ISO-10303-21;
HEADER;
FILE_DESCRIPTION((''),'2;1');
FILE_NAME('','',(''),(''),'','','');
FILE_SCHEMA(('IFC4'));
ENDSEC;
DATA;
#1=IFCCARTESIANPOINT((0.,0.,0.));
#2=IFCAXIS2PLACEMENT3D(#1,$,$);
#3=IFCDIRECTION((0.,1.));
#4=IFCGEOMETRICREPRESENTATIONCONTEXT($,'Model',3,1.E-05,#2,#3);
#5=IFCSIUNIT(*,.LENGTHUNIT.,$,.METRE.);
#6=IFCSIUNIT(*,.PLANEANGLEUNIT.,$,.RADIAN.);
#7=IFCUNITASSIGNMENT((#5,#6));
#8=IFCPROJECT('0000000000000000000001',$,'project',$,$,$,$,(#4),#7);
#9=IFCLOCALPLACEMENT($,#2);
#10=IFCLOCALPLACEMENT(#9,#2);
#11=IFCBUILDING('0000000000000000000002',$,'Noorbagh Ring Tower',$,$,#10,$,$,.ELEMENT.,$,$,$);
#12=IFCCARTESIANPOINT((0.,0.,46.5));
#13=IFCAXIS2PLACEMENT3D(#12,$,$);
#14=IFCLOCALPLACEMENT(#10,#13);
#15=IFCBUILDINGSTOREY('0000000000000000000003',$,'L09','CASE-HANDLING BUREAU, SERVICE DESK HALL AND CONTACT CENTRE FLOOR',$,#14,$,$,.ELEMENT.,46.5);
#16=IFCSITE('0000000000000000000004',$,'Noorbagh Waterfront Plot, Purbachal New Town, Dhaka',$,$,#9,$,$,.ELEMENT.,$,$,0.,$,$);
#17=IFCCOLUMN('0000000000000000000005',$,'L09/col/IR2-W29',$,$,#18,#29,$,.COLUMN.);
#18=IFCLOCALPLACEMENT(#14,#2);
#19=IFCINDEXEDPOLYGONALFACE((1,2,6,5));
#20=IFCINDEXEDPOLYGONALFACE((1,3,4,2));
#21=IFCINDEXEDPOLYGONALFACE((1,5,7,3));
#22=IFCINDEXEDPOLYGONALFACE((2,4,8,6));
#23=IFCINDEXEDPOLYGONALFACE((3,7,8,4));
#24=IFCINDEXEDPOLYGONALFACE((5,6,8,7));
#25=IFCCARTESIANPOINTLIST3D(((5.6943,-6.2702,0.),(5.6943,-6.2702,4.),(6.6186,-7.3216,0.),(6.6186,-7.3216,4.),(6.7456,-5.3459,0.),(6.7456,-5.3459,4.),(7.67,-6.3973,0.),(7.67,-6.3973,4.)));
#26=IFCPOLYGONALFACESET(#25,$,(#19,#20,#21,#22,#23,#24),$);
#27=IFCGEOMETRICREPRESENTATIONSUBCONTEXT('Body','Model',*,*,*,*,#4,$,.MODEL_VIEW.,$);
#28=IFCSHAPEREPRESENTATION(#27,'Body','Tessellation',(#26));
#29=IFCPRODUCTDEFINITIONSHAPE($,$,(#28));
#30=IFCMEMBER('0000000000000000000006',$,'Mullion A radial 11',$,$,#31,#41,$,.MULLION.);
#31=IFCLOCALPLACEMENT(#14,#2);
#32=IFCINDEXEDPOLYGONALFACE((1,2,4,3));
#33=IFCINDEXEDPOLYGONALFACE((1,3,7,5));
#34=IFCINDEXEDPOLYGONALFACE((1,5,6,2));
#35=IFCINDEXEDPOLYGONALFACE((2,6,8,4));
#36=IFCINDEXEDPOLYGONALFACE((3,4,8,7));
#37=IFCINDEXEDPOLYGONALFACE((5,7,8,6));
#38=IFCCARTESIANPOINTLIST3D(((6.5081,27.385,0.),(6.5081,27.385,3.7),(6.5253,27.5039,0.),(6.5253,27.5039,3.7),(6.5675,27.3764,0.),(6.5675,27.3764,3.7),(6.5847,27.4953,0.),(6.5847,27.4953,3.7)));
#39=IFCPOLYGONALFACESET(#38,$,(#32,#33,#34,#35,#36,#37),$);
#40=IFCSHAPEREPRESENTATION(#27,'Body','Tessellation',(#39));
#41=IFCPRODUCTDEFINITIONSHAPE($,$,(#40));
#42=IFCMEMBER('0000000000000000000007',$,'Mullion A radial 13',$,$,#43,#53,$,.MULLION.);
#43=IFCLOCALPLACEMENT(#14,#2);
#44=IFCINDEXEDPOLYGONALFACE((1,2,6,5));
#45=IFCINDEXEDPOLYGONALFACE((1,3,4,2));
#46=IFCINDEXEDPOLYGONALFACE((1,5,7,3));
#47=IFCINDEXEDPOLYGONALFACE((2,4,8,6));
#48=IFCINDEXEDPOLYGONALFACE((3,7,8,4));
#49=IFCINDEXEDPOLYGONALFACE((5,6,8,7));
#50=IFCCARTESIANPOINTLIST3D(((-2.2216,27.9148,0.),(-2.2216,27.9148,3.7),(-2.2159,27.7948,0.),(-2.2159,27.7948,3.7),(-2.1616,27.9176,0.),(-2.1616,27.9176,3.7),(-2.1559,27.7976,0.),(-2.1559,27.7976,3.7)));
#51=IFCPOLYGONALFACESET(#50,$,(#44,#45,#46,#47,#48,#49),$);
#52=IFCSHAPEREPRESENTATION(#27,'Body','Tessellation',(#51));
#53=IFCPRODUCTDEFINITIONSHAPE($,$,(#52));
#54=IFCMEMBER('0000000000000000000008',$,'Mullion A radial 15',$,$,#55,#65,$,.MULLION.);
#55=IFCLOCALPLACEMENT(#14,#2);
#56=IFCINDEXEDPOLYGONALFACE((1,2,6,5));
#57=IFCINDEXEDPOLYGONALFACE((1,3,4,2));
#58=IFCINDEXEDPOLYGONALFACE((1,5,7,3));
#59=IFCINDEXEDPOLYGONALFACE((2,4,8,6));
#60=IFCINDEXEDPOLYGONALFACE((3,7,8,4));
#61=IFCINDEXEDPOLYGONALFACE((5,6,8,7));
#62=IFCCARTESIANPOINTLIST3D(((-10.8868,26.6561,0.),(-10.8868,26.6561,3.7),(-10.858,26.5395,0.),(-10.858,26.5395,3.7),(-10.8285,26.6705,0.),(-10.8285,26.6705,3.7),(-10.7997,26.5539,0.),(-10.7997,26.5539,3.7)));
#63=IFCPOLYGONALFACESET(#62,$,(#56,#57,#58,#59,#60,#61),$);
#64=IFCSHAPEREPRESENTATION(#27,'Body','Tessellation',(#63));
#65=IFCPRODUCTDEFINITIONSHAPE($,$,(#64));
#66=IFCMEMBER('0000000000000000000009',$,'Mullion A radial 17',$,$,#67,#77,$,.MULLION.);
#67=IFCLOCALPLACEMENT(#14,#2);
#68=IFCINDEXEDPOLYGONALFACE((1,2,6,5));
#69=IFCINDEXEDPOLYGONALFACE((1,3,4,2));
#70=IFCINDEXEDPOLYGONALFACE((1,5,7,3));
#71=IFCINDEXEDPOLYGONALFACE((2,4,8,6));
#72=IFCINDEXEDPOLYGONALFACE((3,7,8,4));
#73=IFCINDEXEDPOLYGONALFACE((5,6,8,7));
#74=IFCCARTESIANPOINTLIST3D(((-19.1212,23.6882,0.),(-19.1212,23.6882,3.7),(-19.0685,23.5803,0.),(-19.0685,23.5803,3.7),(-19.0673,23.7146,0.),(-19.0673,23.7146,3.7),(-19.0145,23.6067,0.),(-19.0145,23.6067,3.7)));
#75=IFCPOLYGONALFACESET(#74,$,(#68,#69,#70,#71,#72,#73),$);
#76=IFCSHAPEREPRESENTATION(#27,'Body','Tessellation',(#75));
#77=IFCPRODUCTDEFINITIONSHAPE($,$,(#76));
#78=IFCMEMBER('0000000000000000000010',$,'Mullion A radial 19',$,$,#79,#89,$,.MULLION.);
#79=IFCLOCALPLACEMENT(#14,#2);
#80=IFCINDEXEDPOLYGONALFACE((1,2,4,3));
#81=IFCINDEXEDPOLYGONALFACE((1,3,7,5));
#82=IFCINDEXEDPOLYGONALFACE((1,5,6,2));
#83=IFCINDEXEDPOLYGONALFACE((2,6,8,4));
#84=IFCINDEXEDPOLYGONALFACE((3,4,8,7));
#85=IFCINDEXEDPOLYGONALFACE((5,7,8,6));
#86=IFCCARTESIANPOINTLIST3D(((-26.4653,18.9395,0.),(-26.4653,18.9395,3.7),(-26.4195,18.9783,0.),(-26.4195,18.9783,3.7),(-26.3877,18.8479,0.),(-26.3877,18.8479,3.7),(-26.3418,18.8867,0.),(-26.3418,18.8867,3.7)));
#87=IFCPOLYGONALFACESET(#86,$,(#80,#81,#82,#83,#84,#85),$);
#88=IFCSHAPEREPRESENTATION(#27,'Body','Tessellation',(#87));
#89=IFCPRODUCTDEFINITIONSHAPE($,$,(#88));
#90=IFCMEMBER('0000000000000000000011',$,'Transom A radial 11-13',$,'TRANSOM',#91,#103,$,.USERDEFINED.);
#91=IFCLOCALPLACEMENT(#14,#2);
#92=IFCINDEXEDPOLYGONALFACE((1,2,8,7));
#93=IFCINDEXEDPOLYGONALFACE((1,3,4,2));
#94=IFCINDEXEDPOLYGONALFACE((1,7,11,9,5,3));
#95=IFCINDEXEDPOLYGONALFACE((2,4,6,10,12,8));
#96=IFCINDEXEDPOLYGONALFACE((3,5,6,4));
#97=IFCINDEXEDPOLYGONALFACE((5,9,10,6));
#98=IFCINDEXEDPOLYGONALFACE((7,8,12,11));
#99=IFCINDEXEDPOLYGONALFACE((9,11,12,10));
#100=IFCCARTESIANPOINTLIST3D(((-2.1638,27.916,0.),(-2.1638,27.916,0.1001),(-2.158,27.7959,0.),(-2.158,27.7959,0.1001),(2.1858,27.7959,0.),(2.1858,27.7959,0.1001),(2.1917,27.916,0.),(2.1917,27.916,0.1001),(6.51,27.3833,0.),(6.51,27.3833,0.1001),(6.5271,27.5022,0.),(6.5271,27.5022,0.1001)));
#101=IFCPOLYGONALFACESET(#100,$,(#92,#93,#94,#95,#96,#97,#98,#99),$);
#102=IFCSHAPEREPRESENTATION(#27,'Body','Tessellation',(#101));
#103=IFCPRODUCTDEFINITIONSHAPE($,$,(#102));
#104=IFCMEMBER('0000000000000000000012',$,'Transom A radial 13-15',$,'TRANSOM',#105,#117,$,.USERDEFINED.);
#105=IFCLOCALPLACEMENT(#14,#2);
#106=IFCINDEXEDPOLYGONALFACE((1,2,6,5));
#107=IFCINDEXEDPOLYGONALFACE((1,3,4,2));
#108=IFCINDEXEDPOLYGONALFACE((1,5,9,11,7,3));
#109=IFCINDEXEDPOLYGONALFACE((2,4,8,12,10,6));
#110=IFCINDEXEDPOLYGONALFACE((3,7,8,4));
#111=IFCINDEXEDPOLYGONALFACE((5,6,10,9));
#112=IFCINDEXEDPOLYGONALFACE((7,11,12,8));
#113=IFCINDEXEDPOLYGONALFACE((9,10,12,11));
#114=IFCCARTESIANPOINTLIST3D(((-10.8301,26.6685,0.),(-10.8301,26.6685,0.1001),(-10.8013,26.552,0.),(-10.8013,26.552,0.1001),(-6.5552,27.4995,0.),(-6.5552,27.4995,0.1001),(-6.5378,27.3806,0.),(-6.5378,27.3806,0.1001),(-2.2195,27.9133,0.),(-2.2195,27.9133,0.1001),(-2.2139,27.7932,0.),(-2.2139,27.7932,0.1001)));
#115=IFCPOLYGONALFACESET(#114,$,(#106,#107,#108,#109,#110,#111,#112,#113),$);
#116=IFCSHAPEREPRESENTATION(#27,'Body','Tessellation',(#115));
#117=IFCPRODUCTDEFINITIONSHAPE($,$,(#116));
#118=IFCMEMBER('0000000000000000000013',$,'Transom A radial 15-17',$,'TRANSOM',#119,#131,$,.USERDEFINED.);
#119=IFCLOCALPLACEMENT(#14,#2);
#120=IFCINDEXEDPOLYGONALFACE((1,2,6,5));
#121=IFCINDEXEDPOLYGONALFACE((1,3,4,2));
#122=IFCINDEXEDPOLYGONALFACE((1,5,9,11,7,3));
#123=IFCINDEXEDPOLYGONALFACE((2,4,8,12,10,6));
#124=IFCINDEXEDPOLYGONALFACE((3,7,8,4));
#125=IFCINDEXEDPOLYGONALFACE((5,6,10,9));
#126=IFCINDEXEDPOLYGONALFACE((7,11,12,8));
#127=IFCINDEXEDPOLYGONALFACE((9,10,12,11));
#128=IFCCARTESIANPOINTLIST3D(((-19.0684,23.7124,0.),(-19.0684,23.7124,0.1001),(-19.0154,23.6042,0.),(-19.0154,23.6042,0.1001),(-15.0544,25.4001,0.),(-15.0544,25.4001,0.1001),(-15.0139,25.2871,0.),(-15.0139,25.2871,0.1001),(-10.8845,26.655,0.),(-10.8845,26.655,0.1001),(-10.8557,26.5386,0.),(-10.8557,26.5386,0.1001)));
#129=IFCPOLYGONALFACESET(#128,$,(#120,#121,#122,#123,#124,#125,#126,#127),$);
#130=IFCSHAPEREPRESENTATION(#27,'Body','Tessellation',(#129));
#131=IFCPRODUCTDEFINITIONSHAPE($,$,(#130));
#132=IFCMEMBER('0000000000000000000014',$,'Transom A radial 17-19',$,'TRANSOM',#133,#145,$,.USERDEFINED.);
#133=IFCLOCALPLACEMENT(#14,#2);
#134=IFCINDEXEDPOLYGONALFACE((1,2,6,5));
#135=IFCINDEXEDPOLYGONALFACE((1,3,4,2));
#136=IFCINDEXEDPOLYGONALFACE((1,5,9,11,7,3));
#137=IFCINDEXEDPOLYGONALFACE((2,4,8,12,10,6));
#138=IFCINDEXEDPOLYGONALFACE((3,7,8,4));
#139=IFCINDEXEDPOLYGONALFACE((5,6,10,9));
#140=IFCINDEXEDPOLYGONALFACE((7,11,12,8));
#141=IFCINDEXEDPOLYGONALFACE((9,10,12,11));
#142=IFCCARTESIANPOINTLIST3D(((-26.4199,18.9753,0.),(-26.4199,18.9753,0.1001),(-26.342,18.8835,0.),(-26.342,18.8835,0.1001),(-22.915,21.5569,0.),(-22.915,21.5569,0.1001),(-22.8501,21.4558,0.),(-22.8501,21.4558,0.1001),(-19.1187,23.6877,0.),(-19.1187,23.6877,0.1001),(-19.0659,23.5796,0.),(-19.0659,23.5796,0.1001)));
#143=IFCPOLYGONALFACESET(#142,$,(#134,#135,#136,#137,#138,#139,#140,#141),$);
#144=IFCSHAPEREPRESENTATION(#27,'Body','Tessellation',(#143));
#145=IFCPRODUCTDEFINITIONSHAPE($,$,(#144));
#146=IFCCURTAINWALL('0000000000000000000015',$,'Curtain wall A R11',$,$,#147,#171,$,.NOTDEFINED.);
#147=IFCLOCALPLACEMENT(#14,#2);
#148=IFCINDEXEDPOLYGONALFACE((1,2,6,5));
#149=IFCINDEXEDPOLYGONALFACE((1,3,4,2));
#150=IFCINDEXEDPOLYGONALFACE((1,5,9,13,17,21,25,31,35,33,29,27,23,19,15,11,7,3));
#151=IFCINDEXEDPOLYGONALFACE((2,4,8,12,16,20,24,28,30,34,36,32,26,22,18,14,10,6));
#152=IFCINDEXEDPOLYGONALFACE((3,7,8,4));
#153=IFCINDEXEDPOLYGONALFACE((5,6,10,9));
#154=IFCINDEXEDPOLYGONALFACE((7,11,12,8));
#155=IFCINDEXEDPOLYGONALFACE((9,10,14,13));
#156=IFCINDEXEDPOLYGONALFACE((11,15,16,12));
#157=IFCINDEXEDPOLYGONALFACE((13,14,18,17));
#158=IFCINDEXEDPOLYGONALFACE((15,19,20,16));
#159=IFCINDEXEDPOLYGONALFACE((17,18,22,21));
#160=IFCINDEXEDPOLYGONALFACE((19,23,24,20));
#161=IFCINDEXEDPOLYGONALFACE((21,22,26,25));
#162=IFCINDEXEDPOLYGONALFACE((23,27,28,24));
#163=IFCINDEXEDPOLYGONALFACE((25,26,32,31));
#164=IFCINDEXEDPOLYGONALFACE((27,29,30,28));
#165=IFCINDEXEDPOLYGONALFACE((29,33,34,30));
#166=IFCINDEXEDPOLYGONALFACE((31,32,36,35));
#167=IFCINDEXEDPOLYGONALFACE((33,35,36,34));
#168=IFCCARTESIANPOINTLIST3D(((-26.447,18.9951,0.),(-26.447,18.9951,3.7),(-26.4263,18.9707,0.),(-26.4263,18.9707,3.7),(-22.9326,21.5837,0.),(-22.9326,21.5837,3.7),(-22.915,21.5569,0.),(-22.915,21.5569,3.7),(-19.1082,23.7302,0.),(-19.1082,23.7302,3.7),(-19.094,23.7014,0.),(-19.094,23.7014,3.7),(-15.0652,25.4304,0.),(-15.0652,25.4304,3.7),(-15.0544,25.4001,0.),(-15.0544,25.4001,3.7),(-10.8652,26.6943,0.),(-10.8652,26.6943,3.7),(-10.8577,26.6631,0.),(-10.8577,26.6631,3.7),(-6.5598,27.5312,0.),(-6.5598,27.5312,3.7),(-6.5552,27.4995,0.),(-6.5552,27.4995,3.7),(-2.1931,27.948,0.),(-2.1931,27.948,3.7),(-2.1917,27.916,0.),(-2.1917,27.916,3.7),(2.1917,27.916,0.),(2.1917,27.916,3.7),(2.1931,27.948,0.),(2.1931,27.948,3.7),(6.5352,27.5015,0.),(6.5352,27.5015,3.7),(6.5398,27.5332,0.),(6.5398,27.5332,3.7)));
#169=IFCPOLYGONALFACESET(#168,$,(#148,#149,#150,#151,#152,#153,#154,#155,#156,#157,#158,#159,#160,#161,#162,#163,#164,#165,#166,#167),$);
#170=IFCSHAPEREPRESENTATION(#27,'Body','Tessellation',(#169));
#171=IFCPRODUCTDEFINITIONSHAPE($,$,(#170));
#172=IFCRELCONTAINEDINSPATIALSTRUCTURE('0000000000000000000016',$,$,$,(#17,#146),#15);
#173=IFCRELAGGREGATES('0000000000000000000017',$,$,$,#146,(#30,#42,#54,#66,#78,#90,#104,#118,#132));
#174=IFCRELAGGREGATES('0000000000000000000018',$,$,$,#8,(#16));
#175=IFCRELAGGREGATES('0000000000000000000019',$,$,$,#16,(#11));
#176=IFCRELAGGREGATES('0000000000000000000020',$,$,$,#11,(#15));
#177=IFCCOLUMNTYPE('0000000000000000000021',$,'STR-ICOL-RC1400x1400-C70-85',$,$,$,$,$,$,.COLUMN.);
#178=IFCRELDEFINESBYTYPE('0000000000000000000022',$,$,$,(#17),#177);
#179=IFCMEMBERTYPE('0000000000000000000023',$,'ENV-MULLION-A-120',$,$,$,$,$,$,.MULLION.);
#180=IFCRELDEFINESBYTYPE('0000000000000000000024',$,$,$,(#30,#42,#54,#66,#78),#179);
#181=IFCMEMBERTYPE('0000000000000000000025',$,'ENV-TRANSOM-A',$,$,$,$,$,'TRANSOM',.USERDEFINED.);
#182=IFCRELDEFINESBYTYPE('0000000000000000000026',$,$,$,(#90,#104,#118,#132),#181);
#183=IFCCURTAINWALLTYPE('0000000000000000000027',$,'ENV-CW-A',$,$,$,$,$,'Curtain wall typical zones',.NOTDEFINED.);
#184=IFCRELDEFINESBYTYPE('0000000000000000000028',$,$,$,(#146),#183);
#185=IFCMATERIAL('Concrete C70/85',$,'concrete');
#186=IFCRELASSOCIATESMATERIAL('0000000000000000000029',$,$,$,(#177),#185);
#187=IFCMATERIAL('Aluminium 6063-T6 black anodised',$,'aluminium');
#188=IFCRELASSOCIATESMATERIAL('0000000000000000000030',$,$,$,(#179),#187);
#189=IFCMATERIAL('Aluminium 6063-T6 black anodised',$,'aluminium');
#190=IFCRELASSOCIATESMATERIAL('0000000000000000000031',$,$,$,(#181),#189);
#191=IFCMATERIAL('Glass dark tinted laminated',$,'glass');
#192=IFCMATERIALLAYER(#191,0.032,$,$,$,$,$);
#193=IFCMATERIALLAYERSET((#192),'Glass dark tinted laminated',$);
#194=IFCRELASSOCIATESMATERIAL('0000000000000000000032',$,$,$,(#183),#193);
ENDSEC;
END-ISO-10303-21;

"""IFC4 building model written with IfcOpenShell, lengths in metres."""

from ifc_helpers import new_model, si_unit, direction, frame, origin, origin_2d, place, context, subcontext, project, spatial, polyline, rectangle, outline, extrude, material, layer, layer_set, material_profile, profile_set, type_object, element, aggregate, save


model = new_model("IFC4")

# Units and contexts
model_context = context("Model", 3, precision=1e-05, world=origin(), true_north=direction((0.0, 1.0)))
body_context = subcontext(model_context, "Body", "Model", "MODEL_VIEW")
ifc_project = project(units=[si_unit("LENGTHUNIT", "METRE"), si_unit("PLANEANGLEUNIT", "RADIAN")], contexts=[model_context])

# Site, building, storey
site_placement = place(None, origin())
site = spatial("IfcSite", under=ifc_project, at=site_placement, Name="Noorbagh Waterfront Plot, Purbachal New Town, Dhaka", CompositionType="ELEMENT", RefElevation=0.0)
building_placement = place(site_placement, origin())
building = spatial("IfcBuilding", under=site, at=building_placement, Name="Noorbagh Ring Tower", CompositionType="ELEMENT")
storey_placement = place(building_placement, frame((0.0, 0.0, 46.5)))
storey = spatial("IfcBuildingStorey", under=building, at=storey_placement, Name="L09", Description="CASE-HANDLING BUREAU, SERVICE DESK HALL AND CONTACT CENTRE FLOOR", CompositionType="ELEMENT", Elevation=46.5)

# Column
ifc_material_1 = material(Name="Concrete C70/85", Category="concrete")
ifc_material_profile_1 = material_profile(ifc_material_1, rectangle(XDim=1.3999, YDim=1.3999, at=origin_2d()), Name="RC1400x1400")
ifc_profile_set_1 = profile_set([ifc_material_profile_1], Name="Concrete C70/85")
column_type = type_object("IfcColumnType", Name="STR-ICOL-RC1400x1400-C70-85", PredefinedType="COLUMN", material=ifc_profile_set_1)
column_placement = place(storey_placement, frame((6.6821, -6.3337, 0.0), z_axis=(0.0, 0.0, 1.0), x_axis=(0.751022, 0.660277, 0.0)))
element("IfcColumn", 1, at=column_placement, inside=storey, type_object=column_type, Name="L09/col/IR2-W29", PredefinedType="COLUMN", context=body_context, shape_type="SweptSolid", body=[
    extrude(rectangle(XDim=1.3999, YDim=1.3999, at=origin_2d()), origin(), (0.0, 0.0, 1.0), 4.0),
])

# Members
ifc_material_2 = material(Name="Aluminium 6063-T6 black anodised", Category="aluminium")
ifc_material_profile_2 = material_profile(ifc_material_2, rectangle(XDim=0.1201, YDim=0.0601, at=origin_2d()), Name="120x60")
ifc_profile_set_2 = profile_set([ifc_material_profile_2], Name="Aluminium 6063-T6 black anodised")
member_type_1 = type_object("IfcMemberType", Name="ENV-MULLION-A-120", PredefinedType="MULLION", material=ifc_profile_set_2)
member_1_placement = place(storey_placement, frame((6.5464, 27.4402, 0.0), z_axis=(0.0, 0.0, 1.0), x_axis=(-0.143082, -0.989711, 0.0)))
member_1 = element("IfcMember", 2, at=member_1_placement, type_object=member_type_1, Name="Mullion A radial 11", PredefinedType="MULLION", context=body_context, shape_type="SweptSolid", body=[
    extrude(rectangle(XDim=0.1201, YDim=0.0601, at=origin_2d()), origin(), (0.0, 0.0, 1.0), 3.7),
])
member_2_placement = place(storey_placement, frame((-2.1887, 27.8562, 0.0), z_axis=(0.0, 0.0, 1.0), x_axis=(0.047558, -0.998868, 0.0)))
member_2 = element("IfcMember", 3, at=member_2_placement, type_object=member_type_1, Name="Mullion A radial 13", PredefinedType="MULLION", context=body_context, shape_type="SweptSolid", body=[
    extrude(rectangle(XDim=0.1201, YDim=0.0601, at=origin_2d()), origin(), (0.0, 0.0, 1.0), 3.7),
])
member_3_placement = place(storey_placement, frame((-10.8433, 26.605, 0.0), z_axis=(0.0, 0.0, 1.0), x_axis=(0.239799, -0.970823, 0.0)))
member_3 = element("IfcMember", 4, at=member_3_placement, type_object=member_type_1, Name="Mullion A radial 15", PredefinedType="MULLION", context=body_context, shape_type="SweptSolid", body=[
    extrude(rectangle(XDim=0.1201, YDim=0.0601, at=origin_2d()), origin(), (0.0, 0.0, 1.0), 3.7),
])
member_4_placement = place(storey_placement, frame((-19.0679, 23.6475, 0.0), z_axis=(0.0, 0.0, 1.0), x_axis=(0.439238, -0.898371, 0.0)))
member_4 = element("IfcMember", 5, at=member_4_placement, type_object=member_type_1, Name="Mullion A radial 17", PredefinedType="MULLION", context=body_context, shape_type="SweptSolid", body=[
    extrude(rectangle(XDim=0.1201, YDim=0.0601, at=origin_2d()), origin(), (0.0, 0.0, 1.0), 3.7),
])
member_5_placement = place(storey_placement, frame((-26.4036, 18.9131, 0.0), z_axis=(0.0, 0.0, 1.0), x_axis=(0.646451, -0.762955, 0.0)))
member_5 = element("IfcMember", 6, at=member_5_placement, type_object=member_type_1, Name="Mullion A radial 19", PredefinedType="MULLION", context=body_context, shape_type="SweptSolid", body=[
    extrude(rectangle(XDim=0.1201, YDim=0.0601, at=origin_2d()), origin(), (0.0, 0.0, 1.0), 3.7),
])
ifc_material_3 = material(Name="Aluminium 6063-T6 black anodised", Category="aluminium")
member_type_2 = type_object("IfcMemberType", Name="ENV-TRANSOM-A", ElementType="TRANSOM", PredefinedType="USERDEFINED", material=ifc_material_3)
member_6_placement = place(storey_placement, origin())
member_6 = element("IfcMember", 7, at=member_6_placement, type_object=member_type_2, Name="Transom A radial 11-13", ObjectType="TRANSOM", PredefinedType="USERDEFINED", context=body_context, shape_type="SweptSolid", body=[
    extrude(outline(polyline([(6.5271, 27.5022), (2.1917, 27.916), (-2.1638, 27.916), (-2.158, 27.7959), (2.1858, 27.7959), (6.51, 27.3833), (6.5271, 27.5022)])), origin(), (0.0, 0.0, 1.0), 0.1001),
])
member_7_placement = place(storey_placement, origin())
member_7 = element("IfcMember", 8, at=member_7_placement, type_object=member_type_2, Name="Transom A radial 13-15", ObjectType="TRANSOM", PredefinedType="USERDEFINED", context=body_context, shape_type="SweptSolid", body=[
    extrude(outline(polyline([(-2.2195, 27.9133), (-6.5552, 27.4995), (-10.8301, 26.6685), (-10.8013, 26.552), (-6.5378, 27.3806), (-2.2139, 27.7932), (-2.2195, 27.9133)])), origin(), (0.0, 0.0, 1.0), 0.1001),
])
member_8_placement = place(storey_placement, origin())
member_8 = element("IfcMember", 9, at=member_8_placement, type_object=member_type_2, Name="Transom A radial 15-17", ObjectType="TRANSOM", PredefinedType="USERDEFINED", context=body_context, shape_type="SweptSolid", body=[
    extrude(outline(polyline([(-10.8845, 26.655), (-15.0544, 25.4001), (-19.0684, 23.7124), (-19.0154, 23.6042), (-15.0139, 25.2871), (-10.8557, 26.5386), (-10.8845, 26.655)])), origin(), (0.0, 0.0, 1.0), 0.1001),
])
member_9_placement = place(storey_placement, origin())
member_9 = element("IfcMember", 10, at=member_9_placement, type_object=member_type_2, Name="Transom A radial 17-19", ObjectType="TRANSOM", PredefinedType="USERDEFINED", context=body_context, shape_type="SweptSolid", body=[
    extrude(outline(polyline([(-19.1187, 23.6877), (-22.915, 21.5569), (-26.4199, 18.9753), (-26.342, 18.8835), (-22.8501, 21.4558), (-19.0659, 23.5796), (-19.1187, 23.6877)])), origin(), (0.0, 0.0, 1.0), 0.1001),
])

# Curtain wall
ifc_material_4 = material(Name="Glass dark tinted laminated", Category="glass")
ifc_layer_1 = layer(ifc_material_4, 0.032)
ifc_layer_set_1 = layer_set([ifc_layer_1], Name="Glass dark tinted laminated")
curtain_wall_type = type_object("IfcCurtainWallType", Name="ENV-CW-A", ElementType="Curtain wall typical zones", PredefinedType="NOTDEFINED", material=ifc_layer_set_1)
curtain_wall_1_placement = place(storey_placement, origin())
curtain_wall_1 = element("IfcCurtainWall", 11, at=curtain_wall_1_placement, inside=storey, type_object=curtain_wall_type, Name="Curtain wall A R11", PredefinedType="NOTDEFINED", context=body_context, shape_type="SweptSolid", body=[
    extrude(outline(polyline([(6.5398, 27.5332), (2.1931, 27.948), (-2.1931, 27.948), (-6.5598, 27.5312), (-10.8652, 26.6943), (-15.0652, 25.4304), (-19.1082, 23.7302), (-22.9326, 21.5837), (-26.447, 18.9951), (-26.4263, 18.9707), (-22.915, 21.5569), (-19.094, 23.7014), (-15.0544, 25.4001), (-10.8577, 26.6631), (-6.5552, 27.4995), (-2.1917, 27.916), (2.1917, 27.916), (6.5352, 27.5015), (6.5398, 27.5332)])), origin(), (0.0, 0.0, 1.0), 3.7),
])
aggregate(curtain_wall_1, [member_1, member_2, member_3, member_4, member_5, member_6, member_7, member_8, member_9])

save(model, "model.ifc")
